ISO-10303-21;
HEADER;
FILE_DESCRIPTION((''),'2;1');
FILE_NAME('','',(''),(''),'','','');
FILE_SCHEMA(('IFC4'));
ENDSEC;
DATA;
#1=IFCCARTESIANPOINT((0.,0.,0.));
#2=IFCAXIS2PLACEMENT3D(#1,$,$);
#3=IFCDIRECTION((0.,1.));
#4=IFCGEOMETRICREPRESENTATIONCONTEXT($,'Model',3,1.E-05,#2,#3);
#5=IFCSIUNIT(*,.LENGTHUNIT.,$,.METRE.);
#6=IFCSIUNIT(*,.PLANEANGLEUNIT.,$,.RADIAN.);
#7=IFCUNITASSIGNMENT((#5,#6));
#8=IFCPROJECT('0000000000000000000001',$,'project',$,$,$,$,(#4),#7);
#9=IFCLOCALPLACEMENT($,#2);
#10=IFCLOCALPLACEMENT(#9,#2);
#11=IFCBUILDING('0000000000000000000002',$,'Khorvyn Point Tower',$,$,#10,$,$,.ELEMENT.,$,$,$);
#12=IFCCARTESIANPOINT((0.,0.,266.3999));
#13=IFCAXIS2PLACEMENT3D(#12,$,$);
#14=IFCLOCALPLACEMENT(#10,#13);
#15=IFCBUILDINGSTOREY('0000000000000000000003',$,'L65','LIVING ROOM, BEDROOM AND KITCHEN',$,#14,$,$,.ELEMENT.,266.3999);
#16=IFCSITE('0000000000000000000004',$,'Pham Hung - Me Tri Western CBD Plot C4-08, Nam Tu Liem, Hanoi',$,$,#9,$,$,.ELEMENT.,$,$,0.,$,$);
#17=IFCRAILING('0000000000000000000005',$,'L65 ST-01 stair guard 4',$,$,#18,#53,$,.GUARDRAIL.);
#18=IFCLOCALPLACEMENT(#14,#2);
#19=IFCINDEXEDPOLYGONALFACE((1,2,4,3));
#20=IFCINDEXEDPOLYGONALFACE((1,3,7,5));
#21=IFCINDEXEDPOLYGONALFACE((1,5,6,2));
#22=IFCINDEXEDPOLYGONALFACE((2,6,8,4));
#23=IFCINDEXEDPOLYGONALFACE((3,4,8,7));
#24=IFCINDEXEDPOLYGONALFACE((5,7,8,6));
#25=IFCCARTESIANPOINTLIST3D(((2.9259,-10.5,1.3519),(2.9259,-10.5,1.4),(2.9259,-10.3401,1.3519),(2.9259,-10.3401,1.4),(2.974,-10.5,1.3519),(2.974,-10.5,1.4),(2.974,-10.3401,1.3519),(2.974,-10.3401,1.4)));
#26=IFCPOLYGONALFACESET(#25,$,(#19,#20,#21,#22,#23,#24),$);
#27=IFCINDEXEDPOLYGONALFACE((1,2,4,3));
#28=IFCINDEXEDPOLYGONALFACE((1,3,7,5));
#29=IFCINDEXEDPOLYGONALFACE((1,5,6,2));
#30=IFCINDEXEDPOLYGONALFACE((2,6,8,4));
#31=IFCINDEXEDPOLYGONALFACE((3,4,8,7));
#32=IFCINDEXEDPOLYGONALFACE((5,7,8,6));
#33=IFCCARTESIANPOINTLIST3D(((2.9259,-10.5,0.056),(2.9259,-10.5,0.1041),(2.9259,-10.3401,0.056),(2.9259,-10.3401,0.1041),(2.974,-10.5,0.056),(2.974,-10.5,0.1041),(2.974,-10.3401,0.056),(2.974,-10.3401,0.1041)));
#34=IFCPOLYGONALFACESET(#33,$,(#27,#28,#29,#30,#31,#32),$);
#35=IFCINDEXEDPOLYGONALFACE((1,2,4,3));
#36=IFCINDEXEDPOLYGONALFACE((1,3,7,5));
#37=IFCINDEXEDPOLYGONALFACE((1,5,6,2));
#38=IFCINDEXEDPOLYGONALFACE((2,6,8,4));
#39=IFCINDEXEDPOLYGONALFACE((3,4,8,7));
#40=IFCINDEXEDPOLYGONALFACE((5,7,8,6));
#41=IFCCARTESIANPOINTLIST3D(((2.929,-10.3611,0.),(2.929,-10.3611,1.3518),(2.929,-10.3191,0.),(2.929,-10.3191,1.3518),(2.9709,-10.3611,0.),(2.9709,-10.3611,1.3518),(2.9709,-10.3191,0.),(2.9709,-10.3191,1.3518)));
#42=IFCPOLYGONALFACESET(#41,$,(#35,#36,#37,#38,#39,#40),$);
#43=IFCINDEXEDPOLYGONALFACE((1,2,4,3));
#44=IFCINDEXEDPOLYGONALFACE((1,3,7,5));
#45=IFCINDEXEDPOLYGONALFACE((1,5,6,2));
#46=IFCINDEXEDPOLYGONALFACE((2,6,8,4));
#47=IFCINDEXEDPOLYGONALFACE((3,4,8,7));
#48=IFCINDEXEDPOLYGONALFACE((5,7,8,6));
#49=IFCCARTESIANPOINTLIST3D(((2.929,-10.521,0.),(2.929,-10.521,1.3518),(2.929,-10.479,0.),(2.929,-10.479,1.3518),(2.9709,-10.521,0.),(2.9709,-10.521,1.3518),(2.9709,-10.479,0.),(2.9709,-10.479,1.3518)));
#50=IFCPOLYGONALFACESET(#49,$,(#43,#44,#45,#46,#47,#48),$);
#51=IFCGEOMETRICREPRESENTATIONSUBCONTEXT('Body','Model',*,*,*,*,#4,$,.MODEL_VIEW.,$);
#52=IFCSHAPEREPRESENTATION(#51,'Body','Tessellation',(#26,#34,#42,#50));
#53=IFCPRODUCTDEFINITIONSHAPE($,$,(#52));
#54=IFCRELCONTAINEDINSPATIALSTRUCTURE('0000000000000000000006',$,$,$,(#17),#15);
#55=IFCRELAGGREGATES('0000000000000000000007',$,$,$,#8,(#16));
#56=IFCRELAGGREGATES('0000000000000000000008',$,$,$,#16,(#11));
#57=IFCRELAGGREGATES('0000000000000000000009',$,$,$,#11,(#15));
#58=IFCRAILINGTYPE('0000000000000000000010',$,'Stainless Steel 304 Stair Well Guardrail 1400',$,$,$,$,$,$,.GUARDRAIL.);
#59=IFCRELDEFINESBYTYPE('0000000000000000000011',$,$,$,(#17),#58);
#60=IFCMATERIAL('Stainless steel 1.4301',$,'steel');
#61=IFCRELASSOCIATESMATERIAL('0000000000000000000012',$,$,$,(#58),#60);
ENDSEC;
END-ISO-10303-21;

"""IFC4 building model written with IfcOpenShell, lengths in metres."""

from ifc_helpers import new_model, si_unit, direction, frame, origin, origin_2d, place, context, subcontext, project, spatial, rectangle, extrude, material, type_object, element, save


model = new_model("IFC4")

# Units and contexts
model_context = context("Model", 3, precision=1e-05, world=origin(), true_north=direction((0.0, 1.0)))
body_context = subcontext(model_context, "Body", "Model", "MODEL_VIEW")
ifc_project = project(units=[si_unit("LENGTHUNIT", "METRE"), si_unit("PLANEANGLEUNIT", "RADIAN")], contexts=[model_context])

# Site, building, storey
site_placement = place(None, origin())
site = spatial("IfcSite", under=ifc_project, at=site_placement, Name="Pham Hung - Me Tri Western CBD Plot C4-08, Nam Tu Liem, Hanoi", CompositionType="ELEMENT", RefElevation=0.0)
building_placement = place(site_placement, origin())
building = spatial("IfcBuilding", under=site, at=building_placement, Name="Khorvyn Point Tower", CompositionType="ELEMENT")
storey_placement = place(building_placement, frame((0.0, 0.0, 266.3999)))
storey = spatial("IfcBuildingStorey", under=building, at=storey_placement, Name="L65", Description="LIVING ROOM, BEDROOM AND KITCHEN", CompositionType="ELEMENT", Elevation=266.3999)

# Railing
ifc_material_1 = material(Name="Stainless steel 1.4301", Category="steel")
railing_type_1 = type_object("IfcRailingType", Name="Stainless Steel 304 Stair Well Guardrail 1400", PredefinedType="GUARDRAIL", material=ifc_material_1)
railing_1_placement = place(storey_placement, frame((2.95, -10.3401, 0.0)))
element("IfcRailing", 1, at=railing_1_placement, inside=storey, type_object=railing_type_1, Name="L65 ST-01 stair guard 4", PredefinedType="GUARDRAIL", context=body_context, shape_type="SweptSolid", body=[
    extrude(rectangle(XDim=0.0481, YDim=0.0481, at=origin_2d()), frame((0.0, 0.0, 1.376), z_axis=(0.0, -1.0, 0.0), x_axis=(1.0, 0.0, 0.0)), (0.0, 0.0, 1.0), 0.1599),
    extrude(rectangle(XDim=0.0481, YDim=0.0481, at=origin_2d()), frame((0.0, 0.0, 0.0801), z_axis=(0.0, -1.0, 0.0), x_axis=(1.0, 0.0, 0.0)), (0.0, 0.0, 1.0), 0.1599),
    extrude(rectangle(XDim=0.042, YDim=0.042, at=origin_2d()), origin(), (0.0, 0.0, 1.0), 1.3518),
    extrude(rectangle(XDim=0.042, YDim=0.042, at=origin_2d()), frame((0.0, -0.1599, 0.0)), (0.0, 0.0, 1.0), 1.3518),
])

save(model, "model.ifc")
